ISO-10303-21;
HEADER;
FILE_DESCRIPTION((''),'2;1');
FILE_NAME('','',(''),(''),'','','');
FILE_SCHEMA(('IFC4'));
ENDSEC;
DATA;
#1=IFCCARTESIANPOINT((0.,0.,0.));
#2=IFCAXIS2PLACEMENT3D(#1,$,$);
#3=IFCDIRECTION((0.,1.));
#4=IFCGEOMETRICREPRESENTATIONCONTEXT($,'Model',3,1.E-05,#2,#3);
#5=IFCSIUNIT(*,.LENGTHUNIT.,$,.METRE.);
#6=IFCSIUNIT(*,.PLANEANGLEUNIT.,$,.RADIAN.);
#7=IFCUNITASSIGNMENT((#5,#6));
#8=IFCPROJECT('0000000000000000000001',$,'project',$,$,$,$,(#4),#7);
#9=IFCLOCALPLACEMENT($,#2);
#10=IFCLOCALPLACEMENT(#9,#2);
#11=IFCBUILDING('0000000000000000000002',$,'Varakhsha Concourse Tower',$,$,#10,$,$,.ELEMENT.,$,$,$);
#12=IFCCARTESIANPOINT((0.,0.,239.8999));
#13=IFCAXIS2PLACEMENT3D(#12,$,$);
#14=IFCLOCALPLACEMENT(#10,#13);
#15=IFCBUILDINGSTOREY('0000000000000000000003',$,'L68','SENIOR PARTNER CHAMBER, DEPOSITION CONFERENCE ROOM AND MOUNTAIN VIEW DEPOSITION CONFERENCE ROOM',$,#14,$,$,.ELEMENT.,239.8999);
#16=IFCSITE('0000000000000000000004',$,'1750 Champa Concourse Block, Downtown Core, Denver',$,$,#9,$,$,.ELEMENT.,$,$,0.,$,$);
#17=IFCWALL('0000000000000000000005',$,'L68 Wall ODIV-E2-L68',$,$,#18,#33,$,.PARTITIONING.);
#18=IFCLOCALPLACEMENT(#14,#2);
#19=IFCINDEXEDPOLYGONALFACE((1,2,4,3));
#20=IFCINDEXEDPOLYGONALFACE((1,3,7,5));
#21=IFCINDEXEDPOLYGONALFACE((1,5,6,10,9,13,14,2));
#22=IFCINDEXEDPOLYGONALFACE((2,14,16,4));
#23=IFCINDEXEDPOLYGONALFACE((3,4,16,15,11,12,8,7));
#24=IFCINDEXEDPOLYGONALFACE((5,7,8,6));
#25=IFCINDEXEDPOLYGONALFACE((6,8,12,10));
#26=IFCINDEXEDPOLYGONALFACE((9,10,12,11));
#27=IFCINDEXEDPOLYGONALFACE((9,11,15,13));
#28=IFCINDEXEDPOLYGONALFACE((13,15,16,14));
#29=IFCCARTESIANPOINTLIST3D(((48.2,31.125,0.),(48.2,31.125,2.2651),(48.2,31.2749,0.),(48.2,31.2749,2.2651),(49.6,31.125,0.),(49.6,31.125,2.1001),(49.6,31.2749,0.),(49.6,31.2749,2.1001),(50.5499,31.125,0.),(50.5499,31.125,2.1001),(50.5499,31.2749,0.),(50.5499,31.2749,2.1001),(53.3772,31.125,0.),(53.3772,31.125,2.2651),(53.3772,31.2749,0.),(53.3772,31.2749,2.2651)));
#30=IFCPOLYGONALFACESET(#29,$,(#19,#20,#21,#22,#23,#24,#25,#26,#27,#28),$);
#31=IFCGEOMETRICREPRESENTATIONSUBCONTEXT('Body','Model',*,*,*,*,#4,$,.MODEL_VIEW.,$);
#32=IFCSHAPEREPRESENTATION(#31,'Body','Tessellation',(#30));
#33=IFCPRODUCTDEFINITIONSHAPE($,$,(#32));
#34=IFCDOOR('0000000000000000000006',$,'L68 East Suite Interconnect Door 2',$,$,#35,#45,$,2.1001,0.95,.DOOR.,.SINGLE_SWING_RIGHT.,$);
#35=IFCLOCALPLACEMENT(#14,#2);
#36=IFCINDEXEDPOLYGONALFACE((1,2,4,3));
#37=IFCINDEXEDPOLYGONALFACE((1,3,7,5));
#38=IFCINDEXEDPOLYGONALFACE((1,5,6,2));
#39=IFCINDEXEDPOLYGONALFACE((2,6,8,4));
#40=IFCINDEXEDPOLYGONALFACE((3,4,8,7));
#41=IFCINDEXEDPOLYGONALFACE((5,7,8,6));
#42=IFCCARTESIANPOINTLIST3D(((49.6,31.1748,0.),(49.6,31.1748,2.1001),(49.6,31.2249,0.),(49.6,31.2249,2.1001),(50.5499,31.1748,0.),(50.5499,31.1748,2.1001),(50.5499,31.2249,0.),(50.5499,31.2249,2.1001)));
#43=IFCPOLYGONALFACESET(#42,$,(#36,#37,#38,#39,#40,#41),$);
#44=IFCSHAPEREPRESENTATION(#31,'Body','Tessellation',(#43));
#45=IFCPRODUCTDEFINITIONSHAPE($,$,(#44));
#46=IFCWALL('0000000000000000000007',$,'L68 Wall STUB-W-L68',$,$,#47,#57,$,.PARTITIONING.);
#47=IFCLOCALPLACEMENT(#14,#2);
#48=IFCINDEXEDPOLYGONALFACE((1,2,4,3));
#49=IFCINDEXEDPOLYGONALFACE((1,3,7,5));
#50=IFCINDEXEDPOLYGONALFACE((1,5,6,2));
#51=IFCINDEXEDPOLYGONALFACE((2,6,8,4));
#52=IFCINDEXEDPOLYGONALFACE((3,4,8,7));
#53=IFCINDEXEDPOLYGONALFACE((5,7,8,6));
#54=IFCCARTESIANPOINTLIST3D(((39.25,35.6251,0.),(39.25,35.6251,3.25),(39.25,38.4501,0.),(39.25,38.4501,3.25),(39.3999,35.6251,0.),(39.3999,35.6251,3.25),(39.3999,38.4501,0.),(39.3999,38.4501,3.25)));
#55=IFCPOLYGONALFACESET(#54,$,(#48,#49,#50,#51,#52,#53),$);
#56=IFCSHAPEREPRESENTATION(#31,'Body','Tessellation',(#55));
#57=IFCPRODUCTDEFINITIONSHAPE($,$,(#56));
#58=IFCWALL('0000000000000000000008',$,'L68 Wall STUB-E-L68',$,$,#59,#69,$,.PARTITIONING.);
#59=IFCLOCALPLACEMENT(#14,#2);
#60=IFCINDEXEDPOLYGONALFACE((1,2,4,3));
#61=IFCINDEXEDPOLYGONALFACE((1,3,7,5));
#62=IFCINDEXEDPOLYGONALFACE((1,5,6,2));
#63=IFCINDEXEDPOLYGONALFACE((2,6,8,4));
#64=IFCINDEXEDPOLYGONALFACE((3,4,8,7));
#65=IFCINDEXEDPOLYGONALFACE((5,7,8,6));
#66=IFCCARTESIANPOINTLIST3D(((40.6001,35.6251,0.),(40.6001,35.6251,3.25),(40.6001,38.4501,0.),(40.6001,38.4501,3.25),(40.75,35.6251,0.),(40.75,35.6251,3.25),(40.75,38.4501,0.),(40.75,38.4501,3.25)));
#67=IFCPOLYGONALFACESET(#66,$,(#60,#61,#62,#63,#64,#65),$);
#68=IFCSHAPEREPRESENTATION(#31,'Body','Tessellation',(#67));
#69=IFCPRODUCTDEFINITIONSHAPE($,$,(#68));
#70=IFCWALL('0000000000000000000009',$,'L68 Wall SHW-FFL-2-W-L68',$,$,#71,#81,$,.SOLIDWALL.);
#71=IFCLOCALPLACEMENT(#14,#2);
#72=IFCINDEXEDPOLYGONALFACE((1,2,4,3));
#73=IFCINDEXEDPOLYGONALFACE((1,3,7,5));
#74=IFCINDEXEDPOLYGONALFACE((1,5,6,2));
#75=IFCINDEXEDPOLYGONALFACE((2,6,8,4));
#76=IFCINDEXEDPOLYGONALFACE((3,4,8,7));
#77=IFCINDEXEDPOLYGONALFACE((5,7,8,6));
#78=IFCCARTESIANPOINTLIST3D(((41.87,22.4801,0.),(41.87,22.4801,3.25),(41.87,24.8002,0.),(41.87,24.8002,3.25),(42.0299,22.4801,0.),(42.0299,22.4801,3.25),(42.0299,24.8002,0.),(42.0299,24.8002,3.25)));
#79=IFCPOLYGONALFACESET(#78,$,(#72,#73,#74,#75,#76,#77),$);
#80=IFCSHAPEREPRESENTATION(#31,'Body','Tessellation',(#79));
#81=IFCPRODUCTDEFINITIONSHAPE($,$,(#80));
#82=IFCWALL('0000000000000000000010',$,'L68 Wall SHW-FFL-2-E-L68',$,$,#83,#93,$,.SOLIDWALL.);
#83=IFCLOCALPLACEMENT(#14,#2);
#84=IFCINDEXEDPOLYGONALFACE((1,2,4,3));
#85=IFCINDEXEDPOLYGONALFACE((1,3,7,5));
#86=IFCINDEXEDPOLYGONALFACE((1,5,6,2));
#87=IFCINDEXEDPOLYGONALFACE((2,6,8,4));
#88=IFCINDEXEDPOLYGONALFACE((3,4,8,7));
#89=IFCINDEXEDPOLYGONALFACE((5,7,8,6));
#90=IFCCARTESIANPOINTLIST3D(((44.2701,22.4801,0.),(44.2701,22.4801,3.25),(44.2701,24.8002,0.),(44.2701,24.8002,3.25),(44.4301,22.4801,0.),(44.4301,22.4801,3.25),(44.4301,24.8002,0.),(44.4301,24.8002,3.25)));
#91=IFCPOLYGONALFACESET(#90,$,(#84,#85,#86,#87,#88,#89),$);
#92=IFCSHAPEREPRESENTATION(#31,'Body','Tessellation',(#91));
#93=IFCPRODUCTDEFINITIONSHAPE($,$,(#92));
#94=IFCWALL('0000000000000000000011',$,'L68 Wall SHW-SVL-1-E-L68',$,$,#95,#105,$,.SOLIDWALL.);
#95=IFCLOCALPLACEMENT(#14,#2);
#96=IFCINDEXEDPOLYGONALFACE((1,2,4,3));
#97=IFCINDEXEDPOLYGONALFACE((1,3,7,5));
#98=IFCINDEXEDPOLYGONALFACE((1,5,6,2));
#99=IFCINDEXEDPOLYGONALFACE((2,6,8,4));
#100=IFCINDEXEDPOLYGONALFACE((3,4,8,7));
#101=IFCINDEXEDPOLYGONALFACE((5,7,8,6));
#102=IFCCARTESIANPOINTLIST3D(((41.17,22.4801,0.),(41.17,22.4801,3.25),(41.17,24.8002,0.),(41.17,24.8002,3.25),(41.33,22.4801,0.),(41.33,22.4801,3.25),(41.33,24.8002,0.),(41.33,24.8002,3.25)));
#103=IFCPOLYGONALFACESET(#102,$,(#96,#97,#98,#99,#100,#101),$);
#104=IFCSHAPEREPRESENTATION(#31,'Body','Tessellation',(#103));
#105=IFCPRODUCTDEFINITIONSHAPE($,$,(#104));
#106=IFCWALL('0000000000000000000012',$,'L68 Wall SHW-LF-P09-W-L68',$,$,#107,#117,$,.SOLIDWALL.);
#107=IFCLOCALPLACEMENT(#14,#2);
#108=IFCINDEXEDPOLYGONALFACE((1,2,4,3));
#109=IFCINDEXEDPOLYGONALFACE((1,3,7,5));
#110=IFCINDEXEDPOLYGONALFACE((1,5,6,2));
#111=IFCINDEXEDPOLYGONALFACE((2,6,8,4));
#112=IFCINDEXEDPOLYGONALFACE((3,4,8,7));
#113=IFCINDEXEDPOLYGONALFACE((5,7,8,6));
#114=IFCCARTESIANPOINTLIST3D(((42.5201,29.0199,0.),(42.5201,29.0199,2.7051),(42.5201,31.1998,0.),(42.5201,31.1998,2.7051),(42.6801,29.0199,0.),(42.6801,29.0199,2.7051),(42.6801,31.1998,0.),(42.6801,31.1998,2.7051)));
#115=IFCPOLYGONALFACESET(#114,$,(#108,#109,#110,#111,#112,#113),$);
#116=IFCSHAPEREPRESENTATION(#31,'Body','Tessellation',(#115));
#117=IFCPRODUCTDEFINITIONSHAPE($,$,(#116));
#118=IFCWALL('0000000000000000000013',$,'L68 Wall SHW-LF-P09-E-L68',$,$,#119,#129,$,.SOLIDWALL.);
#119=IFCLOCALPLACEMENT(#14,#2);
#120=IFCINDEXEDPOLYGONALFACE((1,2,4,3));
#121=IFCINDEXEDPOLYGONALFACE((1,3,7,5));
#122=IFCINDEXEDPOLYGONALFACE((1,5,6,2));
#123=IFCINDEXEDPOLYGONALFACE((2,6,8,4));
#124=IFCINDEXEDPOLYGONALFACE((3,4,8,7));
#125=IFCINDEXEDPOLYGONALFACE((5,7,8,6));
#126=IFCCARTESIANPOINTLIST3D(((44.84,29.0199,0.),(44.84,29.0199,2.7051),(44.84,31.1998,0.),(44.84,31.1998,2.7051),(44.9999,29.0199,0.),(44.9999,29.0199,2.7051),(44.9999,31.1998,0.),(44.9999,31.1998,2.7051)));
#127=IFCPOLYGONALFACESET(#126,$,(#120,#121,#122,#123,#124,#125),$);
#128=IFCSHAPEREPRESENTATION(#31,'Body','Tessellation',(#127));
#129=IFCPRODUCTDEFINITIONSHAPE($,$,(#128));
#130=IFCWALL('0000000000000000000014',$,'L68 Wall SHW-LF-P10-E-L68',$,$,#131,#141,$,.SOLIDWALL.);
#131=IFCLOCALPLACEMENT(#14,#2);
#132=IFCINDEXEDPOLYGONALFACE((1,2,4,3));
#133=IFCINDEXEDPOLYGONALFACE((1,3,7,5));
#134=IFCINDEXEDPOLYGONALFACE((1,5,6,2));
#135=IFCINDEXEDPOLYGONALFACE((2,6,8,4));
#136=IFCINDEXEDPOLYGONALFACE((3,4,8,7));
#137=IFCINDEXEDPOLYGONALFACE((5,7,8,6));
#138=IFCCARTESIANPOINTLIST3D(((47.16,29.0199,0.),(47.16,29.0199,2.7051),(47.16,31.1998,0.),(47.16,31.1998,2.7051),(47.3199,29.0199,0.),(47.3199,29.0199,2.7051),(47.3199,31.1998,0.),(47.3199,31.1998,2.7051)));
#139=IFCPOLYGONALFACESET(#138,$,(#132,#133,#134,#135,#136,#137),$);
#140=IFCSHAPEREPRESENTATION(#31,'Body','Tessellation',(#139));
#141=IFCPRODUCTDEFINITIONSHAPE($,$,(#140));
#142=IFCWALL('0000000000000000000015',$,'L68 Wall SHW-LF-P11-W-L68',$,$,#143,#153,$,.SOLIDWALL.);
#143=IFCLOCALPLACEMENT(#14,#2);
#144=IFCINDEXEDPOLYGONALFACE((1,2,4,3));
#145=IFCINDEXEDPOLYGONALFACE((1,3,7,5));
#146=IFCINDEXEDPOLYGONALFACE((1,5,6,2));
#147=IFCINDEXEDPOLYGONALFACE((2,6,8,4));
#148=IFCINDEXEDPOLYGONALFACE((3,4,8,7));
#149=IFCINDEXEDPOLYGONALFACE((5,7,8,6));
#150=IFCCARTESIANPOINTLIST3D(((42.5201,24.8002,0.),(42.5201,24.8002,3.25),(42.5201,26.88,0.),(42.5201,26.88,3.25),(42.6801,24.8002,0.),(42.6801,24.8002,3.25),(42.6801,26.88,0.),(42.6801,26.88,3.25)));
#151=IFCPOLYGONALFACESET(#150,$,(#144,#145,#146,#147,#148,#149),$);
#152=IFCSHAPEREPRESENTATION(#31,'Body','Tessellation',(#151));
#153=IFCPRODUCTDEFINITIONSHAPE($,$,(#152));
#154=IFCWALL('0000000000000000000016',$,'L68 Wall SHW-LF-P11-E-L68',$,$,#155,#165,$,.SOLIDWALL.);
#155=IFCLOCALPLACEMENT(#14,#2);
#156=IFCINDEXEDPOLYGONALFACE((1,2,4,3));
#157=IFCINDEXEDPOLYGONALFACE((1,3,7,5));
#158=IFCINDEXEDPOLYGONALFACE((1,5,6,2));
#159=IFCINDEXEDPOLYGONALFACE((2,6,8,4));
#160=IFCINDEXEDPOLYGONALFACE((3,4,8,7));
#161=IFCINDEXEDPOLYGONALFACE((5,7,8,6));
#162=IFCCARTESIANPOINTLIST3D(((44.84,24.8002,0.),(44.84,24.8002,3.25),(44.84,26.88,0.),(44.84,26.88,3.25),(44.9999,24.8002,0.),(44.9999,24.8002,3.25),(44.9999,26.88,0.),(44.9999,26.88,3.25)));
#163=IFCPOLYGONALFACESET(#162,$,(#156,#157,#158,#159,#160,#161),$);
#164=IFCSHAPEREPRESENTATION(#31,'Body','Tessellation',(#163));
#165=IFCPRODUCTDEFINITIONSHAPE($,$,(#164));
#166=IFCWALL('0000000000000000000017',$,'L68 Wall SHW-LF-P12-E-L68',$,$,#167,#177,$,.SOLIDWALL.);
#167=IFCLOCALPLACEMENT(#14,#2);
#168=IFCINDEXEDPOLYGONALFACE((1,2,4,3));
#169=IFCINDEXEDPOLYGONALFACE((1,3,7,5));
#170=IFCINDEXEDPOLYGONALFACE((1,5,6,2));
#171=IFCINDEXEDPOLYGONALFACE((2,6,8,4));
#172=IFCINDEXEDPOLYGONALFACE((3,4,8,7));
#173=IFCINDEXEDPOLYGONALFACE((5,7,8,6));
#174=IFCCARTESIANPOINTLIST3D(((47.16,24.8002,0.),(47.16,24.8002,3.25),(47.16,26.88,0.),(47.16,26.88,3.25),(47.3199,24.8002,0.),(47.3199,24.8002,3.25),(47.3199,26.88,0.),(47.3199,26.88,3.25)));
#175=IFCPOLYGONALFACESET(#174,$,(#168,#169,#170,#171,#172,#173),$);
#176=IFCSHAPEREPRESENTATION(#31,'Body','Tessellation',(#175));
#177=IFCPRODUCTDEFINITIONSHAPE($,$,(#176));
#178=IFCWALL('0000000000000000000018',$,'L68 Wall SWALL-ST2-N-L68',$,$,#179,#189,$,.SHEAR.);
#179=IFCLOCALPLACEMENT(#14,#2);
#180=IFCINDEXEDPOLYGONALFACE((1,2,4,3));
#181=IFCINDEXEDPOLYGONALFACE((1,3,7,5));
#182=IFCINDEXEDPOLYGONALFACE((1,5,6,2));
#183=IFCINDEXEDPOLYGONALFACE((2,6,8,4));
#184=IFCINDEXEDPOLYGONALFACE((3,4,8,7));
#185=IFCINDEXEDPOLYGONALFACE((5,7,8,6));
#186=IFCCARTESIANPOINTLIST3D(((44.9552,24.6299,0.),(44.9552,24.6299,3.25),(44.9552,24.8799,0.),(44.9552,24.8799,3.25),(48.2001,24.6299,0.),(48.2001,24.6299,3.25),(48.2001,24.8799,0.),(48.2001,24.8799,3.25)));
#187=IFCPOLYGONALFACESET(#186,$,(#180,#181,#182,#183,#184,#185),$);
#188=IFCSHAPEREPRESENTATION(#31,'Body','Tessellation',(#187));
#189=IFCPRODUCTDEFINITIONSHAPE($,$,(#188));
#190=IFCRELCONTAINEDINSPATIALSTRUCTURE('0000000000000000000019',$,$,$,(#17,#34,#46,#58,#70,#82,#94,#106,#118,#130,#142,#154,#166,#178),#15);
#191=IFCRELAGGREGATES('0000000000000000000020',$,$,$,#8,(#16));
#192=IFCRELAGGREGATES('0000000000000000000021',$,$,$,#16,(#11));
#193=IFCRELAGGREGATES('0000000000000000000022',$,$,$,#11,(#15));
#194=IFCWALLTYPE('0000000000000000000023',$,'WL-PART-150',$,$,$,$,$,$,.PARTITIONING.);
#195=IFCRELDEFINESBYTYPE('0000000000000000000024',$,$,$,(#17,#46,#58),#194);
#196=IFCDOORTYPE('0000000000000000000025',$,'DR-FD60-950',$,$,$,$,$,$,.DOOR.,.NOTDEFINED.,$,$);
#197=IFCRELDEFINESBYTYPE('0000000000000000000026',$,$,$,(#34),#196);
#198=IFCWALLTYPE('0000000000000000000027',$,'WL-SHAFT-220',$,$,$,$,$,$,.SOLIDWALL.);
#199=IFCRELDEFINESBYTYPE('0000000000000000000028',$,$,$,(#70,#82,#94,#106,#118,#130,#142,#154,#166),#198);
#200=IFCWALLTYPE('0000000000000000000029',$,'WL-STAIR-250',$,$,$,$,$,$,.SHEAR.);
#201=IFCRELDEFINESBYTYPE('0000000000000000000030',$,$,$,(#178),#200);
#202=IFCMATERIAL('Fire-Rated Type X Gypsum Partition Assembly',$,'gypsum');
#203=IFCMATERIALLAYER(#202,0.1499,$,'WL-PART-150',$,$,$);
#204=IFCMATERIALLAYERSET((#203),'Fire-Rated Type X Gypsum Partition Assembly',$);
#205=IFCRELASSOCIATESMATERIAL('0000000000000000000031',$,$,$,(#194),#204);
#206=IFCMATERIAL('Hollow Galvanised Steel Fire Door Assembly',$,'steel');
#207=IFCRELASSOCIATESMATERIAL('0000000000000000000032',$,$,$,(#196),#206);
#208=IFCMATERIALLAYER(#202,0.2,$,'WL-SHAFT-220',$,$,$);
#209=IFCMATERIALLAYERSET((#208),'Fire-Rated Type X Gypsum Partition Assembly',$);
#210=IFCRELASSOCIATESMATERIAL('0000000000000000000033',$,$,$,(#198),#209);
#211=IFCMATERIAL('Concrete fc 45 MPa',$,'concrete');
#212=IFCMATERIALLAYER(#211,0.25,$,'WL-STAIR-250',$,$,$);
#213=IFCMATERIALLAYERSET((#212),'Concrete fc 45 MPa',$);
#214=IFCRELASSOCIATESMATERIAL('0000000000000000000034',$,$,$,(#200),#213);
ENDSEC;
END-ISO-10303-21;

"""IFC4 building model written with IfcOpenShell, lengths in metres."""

from ifc_helpers import new_model, si_unit, direction, frame, frame_2d, origin, place, context, subcontext, project, spatial, rectangle, extrude, material, layer, layer_set, type_object, element, fill, save


model = new_model("IFC4")

# Units and contexts
model_context = context("Model", 3, precision=1e-05, world=origin(), true_north=direction((0.0, 1.0)))
body_context = subcontext(model_context, "Body", "Model", "MODEL_VIEW")
ifc_project = project(units=[si_unit("LENGTHUNIT", "METRE"), si_unit("PLANEANGLEUNIT", "RADIAN")], contexts=[model_context])

# Site, building, storey
site_placement = place(None, origin())
site = spatial("IfcSite", under=ifc_project, at=site_placement, Name="1750 Champa Concourse Block, Downtown Core, Denver", CompositionType="ELEMENT", RefElevation=0.0)
building_placement = place(site_placement, origin())
building = spatial("IfcBuilding", under=site, at=building_placement, Name="Varakhsha Concourse Tower", CompositionType="ELEMENT")
storey_placement = place(building_placement, frame((0.0, 0.0, 239.8999)))
storey = spatial("IfcBuildingStorey", under=building, at=storey_placement, Name="L68", Description="SENIOR PARTNER CHAMBER, DEPOSITION CONFERENCE ROOM AND MOUNTAIN VIEW DEPOSITION CONFERENCE ROOM", CompositionType="ELEMENT", Elevation=239.8999)

# Shared definitions
ifc_material_1 = material(Name="Fire-Rated Type X Gypsum Partition Assembly", Category="gypsum")
ifc_layer_1 = layer(ifc_material_1, 0.1499, Name="WL-PART-150")
ifc_layer_set_1 = layer_set([ifc_layer_1], Name="Fire-Rated Type X Gypsum Partition Assembly")
wall_type_1 = type_object("IfcWallType", Name="WL-PART-150", PredefinedType="PARTITIONING", material=ifc_layer_set_1)

# Shared definitions
ifc_material_2 = material(Name="Hollow Galvanised Steel Fire Door Assembly", Category="steel")
door_type = type_object("IfcDoorType", Name="DR-FD60-950", OperationType="NOTDEFINED", PredefinedType="DOOR", material=ifc_material_2)

# Wall, opening, door
wall_1_placement = place(storey_placement, frame((48.2, 31.2, 0.0), z_axis=(0.0, 0.0, 1.0), x_axis=(1.0, 0.0, 0.0)))
wall_1 = element("IfcWall", 1, at=wall_1_placement, inside=storey, type_object=wall_type_1, Name="L68 Wall ODIV-E2-L68", PredefinedType="PARTITIONING", context=body_context, shape_type="SweptSolid", body=[
    extrude(rectangle(XDim=5.1772, YDim=0.1499, at=frame_2d((2.5886, 0.0))), origin(), (0.0, 0.0, 1.0), 2.2651),
])
opening_1_placement = place(wall_1_placement, frame((1.3999, 0.0, 0.0)))
opening_1 = element("IfcOpeningElement", 2, at=opening_1_placement, cuts=wall_1, PredefinedType="OPENING", context=body_context, shape_type="SweptSolid", body=[
    extrude(rectangle(XDim=0.95, YDim=2.1001, at=frame_2d((0.4751, 1.05))), frame((0.0, 0.085, 0.0), z_axis=(0.0, -1.0, 0.0), x_axis=(1.0, 0.0, 0.0)), (0.0, 0.0, 1.0), 0.1699),
])
door_1_placement = place(opening_1_placement, origin())
door_1 = element("IfcDoor", 3, at=door_1_placement, inside=storey, type_object=door_type, Name="L68 East Suite Interconnect Door 2", OperationType="SINGLE_SWING_RIGHT", OverallHeight=2.1001, OverallWidth=0.95, PredefinedType="DOOR", context=body_context, shape_type="SweptSolid", body=[
    extrude(rectangle(XDim=0.95, YDim=2.1001, at=frame_2d((0.4751, 1.05))), frame((0.0, 0.0249, 0.0), z_axis=(0.0, -1.0, 0.0), x_axis=(1.0, 0.0, 0.0)), (0.0, 0.0, 1.0), 0.05),
])
fill(opening_1, door_1)

# Walls
for number, where, z_axis, x_axis, name in (
    (4, (39.325, 35.625, 0.0), (0.0, 0.0, 1.0), (0.0, 1.0, 0.0), "L68 Wall STUB-W-L68"),
    (5, (40.675, 35.625, 0.0), (0.0, 0.0, 1.0), (0.0, 1.0, 0.0), "L68 Wall STUB-E-L68"),
):
    element("IfcWall", number, at=place(storey_placement, frame(where, z_axis=z_axis, x_axis=x_axis)), inside=storey, type_object=wall_type_1, Name=name, PredefinedType="PARTITIONING", context=body_context, shape_type="SweptSolid", body=[
        extrude(rectangle(XDim=2.825, YDim=0.1499, at=frame_2d((1.4126, 0.0))), origin(), (0.0, 0.0, 1.0), 3.25),
    ])
ifc_layer_2 = layer(ifc_material_1, 0.2, Name="WL-SHAFT-220")
ifc_layer_set_2 = layer_set([ifc_layer_2], Name="Fire-Rated Type X Gypsum Partition Assembly")
wall_type_2 = type_object("IfcWallType", Name="WL-SHAFT-220", PredefinedType="SOLIDWALL", material=ifc_layer_set_2)
for number, where, z_axis, x_axis, name in (
    (6, (41.95, 22.48, 0.0), (0.0, 0.0, 1.0), (0.0, 1.0, 0.0), "L68 Wall SHW-FFL-2-W-L68"),
    (7, (44.3501, 22.48, 0.0), (0.0, 0.0, 1.0), (0.0, 1.0, 0.0), "L68 Wall SHW-FFL-2-E-L68"),
    (8, (41.25, 22.48, 0.0), (0.0, 0.0, 1.0), (0.0, 1.0, 0.0), "L68 Wall SHW-SVL-1-E-L68"),
):
    element("IfcWall", number, at=place(storey_placement, frame(where, z_axis=z_axis, x_axis=x_axis)), inside=storey, type_object=wall_type_2, Name=name, PredefinedType="SOLIDWALL", context=body_context, shape_type="SweptSolid", body=[
        extrude(rectangle(XDim=2.3201, YDim=0.1599, at=frame_2d((1.1602, 0.0))), origin(), (0.0, 0.0, 1.0), 3.25),
    ])
for number, where, z_axis, x_axis, name in (
    (9, (42.6001, 29.02, 0.0), (0.0, 0.0, 1.0), (0.0, 1.0, 0.0), "L68 Wall SHW-LF-P09-W-L68"),
    (10, (44.9199, 29.02, 0.0), (0.0, 0.0, 1.0), (0.0, 1.0, 0.0), "L68 Wall SHW-LF-P09-E-L68"),
    (11, (47.24, 29.02, 0.0), (0.0, 0.0, 1.0), (0.0, 1.0, 0.0), "L68 Wall SHW-LF-P10-E-L68"),
):
    element("IfcWall", number, at=place(storey_placement, frame(where, z_axis=z_axis, x_axis=x_axis)), inside=storey, type_object=wall_type_2, Name=name, PredefinedType="SOLIDWALL", context=body_context, shape_type="SweptSolid", body=[
        extrude(rectangle(XDim=2.1799, YDim=0.1599, at=frame_2d((1.0898, 0.0))), origin(), (0.0, 0.0, 1.0), 2.7051),
    ])
for number, where, z_axis, x_axis, name in (
    (12, (42.6001, 24.8, 0.0), (0.0, 0.0, 1.0), (0.0, 1.0, 0.0), "L68 Wall SHW-LF-P11-W-L68"),
    (13, (44.9199, 24.8, 0.0), (0.0, 0.0, 1.0), (0.0, 1.0, 0.0), "L68 Wall SHW-LF-P11-E-L68"),
    (14, (47.24, 24.8, 0.0), (0.0, 0.0, 1.0), (0.0, 1.0, 0.0), "L68 Wall SHW-LF-P12-E-L68"),
):
    element("IfcWall", number, at=place(storey_placement, frame(where, z_axis=z_axis, x_axis=x_axis)), inside=storey, type_object=wall_type_2, Name=name, PredefinedType="SOLIDWALL", context=body_context, shape_type="SweptSolid", body=[
        extrude(rectangle(XDim=2.0798, YDim=0.1599, at=frame_2d((1.04, 0.0))), origin(), (0.0, 0.0, 1.0), 3.25),
    ])
ifc_material_3 = material(Name="Concrete fc 45 MPa", Category="concrete")
ifc_layer_3 = layer(ifc_material_3, 0.25, Name="WL-STAIR-250")
ifc_layer_set_3 = layer_set([ifc_layer_3], Name="Concrete fc 45 MPa")
wall_type_3 = type_object("IfcWallType", Name="WL-STAIR-250", PredefinedType="SHEAR", material=ifc_layer_set_3)
wall_2_placement = place(storey_placement, frame((44.9551, 24.7549, 0.0), z_axis=(0.0, 0.0, 1.0), x_axis=(1.0, 0.0, 0.0)))
element("IfcWall", 15, at=wall_2_placement, inside=storey, type_object=wall_type_3, Name="L68 Wall SWALL-ST2-N-L68", PredefinedType="SHEAR", context=body_context, shape_type="SweptSolid", body=[
    extrude(rectangle(XDim=3.2449, YDim=0.25, at=frame_2d((1.6226, 0.0))), origin(), (0.0, 0.0, 1.0), 3.25),
])

save(model, "model.ifc")
